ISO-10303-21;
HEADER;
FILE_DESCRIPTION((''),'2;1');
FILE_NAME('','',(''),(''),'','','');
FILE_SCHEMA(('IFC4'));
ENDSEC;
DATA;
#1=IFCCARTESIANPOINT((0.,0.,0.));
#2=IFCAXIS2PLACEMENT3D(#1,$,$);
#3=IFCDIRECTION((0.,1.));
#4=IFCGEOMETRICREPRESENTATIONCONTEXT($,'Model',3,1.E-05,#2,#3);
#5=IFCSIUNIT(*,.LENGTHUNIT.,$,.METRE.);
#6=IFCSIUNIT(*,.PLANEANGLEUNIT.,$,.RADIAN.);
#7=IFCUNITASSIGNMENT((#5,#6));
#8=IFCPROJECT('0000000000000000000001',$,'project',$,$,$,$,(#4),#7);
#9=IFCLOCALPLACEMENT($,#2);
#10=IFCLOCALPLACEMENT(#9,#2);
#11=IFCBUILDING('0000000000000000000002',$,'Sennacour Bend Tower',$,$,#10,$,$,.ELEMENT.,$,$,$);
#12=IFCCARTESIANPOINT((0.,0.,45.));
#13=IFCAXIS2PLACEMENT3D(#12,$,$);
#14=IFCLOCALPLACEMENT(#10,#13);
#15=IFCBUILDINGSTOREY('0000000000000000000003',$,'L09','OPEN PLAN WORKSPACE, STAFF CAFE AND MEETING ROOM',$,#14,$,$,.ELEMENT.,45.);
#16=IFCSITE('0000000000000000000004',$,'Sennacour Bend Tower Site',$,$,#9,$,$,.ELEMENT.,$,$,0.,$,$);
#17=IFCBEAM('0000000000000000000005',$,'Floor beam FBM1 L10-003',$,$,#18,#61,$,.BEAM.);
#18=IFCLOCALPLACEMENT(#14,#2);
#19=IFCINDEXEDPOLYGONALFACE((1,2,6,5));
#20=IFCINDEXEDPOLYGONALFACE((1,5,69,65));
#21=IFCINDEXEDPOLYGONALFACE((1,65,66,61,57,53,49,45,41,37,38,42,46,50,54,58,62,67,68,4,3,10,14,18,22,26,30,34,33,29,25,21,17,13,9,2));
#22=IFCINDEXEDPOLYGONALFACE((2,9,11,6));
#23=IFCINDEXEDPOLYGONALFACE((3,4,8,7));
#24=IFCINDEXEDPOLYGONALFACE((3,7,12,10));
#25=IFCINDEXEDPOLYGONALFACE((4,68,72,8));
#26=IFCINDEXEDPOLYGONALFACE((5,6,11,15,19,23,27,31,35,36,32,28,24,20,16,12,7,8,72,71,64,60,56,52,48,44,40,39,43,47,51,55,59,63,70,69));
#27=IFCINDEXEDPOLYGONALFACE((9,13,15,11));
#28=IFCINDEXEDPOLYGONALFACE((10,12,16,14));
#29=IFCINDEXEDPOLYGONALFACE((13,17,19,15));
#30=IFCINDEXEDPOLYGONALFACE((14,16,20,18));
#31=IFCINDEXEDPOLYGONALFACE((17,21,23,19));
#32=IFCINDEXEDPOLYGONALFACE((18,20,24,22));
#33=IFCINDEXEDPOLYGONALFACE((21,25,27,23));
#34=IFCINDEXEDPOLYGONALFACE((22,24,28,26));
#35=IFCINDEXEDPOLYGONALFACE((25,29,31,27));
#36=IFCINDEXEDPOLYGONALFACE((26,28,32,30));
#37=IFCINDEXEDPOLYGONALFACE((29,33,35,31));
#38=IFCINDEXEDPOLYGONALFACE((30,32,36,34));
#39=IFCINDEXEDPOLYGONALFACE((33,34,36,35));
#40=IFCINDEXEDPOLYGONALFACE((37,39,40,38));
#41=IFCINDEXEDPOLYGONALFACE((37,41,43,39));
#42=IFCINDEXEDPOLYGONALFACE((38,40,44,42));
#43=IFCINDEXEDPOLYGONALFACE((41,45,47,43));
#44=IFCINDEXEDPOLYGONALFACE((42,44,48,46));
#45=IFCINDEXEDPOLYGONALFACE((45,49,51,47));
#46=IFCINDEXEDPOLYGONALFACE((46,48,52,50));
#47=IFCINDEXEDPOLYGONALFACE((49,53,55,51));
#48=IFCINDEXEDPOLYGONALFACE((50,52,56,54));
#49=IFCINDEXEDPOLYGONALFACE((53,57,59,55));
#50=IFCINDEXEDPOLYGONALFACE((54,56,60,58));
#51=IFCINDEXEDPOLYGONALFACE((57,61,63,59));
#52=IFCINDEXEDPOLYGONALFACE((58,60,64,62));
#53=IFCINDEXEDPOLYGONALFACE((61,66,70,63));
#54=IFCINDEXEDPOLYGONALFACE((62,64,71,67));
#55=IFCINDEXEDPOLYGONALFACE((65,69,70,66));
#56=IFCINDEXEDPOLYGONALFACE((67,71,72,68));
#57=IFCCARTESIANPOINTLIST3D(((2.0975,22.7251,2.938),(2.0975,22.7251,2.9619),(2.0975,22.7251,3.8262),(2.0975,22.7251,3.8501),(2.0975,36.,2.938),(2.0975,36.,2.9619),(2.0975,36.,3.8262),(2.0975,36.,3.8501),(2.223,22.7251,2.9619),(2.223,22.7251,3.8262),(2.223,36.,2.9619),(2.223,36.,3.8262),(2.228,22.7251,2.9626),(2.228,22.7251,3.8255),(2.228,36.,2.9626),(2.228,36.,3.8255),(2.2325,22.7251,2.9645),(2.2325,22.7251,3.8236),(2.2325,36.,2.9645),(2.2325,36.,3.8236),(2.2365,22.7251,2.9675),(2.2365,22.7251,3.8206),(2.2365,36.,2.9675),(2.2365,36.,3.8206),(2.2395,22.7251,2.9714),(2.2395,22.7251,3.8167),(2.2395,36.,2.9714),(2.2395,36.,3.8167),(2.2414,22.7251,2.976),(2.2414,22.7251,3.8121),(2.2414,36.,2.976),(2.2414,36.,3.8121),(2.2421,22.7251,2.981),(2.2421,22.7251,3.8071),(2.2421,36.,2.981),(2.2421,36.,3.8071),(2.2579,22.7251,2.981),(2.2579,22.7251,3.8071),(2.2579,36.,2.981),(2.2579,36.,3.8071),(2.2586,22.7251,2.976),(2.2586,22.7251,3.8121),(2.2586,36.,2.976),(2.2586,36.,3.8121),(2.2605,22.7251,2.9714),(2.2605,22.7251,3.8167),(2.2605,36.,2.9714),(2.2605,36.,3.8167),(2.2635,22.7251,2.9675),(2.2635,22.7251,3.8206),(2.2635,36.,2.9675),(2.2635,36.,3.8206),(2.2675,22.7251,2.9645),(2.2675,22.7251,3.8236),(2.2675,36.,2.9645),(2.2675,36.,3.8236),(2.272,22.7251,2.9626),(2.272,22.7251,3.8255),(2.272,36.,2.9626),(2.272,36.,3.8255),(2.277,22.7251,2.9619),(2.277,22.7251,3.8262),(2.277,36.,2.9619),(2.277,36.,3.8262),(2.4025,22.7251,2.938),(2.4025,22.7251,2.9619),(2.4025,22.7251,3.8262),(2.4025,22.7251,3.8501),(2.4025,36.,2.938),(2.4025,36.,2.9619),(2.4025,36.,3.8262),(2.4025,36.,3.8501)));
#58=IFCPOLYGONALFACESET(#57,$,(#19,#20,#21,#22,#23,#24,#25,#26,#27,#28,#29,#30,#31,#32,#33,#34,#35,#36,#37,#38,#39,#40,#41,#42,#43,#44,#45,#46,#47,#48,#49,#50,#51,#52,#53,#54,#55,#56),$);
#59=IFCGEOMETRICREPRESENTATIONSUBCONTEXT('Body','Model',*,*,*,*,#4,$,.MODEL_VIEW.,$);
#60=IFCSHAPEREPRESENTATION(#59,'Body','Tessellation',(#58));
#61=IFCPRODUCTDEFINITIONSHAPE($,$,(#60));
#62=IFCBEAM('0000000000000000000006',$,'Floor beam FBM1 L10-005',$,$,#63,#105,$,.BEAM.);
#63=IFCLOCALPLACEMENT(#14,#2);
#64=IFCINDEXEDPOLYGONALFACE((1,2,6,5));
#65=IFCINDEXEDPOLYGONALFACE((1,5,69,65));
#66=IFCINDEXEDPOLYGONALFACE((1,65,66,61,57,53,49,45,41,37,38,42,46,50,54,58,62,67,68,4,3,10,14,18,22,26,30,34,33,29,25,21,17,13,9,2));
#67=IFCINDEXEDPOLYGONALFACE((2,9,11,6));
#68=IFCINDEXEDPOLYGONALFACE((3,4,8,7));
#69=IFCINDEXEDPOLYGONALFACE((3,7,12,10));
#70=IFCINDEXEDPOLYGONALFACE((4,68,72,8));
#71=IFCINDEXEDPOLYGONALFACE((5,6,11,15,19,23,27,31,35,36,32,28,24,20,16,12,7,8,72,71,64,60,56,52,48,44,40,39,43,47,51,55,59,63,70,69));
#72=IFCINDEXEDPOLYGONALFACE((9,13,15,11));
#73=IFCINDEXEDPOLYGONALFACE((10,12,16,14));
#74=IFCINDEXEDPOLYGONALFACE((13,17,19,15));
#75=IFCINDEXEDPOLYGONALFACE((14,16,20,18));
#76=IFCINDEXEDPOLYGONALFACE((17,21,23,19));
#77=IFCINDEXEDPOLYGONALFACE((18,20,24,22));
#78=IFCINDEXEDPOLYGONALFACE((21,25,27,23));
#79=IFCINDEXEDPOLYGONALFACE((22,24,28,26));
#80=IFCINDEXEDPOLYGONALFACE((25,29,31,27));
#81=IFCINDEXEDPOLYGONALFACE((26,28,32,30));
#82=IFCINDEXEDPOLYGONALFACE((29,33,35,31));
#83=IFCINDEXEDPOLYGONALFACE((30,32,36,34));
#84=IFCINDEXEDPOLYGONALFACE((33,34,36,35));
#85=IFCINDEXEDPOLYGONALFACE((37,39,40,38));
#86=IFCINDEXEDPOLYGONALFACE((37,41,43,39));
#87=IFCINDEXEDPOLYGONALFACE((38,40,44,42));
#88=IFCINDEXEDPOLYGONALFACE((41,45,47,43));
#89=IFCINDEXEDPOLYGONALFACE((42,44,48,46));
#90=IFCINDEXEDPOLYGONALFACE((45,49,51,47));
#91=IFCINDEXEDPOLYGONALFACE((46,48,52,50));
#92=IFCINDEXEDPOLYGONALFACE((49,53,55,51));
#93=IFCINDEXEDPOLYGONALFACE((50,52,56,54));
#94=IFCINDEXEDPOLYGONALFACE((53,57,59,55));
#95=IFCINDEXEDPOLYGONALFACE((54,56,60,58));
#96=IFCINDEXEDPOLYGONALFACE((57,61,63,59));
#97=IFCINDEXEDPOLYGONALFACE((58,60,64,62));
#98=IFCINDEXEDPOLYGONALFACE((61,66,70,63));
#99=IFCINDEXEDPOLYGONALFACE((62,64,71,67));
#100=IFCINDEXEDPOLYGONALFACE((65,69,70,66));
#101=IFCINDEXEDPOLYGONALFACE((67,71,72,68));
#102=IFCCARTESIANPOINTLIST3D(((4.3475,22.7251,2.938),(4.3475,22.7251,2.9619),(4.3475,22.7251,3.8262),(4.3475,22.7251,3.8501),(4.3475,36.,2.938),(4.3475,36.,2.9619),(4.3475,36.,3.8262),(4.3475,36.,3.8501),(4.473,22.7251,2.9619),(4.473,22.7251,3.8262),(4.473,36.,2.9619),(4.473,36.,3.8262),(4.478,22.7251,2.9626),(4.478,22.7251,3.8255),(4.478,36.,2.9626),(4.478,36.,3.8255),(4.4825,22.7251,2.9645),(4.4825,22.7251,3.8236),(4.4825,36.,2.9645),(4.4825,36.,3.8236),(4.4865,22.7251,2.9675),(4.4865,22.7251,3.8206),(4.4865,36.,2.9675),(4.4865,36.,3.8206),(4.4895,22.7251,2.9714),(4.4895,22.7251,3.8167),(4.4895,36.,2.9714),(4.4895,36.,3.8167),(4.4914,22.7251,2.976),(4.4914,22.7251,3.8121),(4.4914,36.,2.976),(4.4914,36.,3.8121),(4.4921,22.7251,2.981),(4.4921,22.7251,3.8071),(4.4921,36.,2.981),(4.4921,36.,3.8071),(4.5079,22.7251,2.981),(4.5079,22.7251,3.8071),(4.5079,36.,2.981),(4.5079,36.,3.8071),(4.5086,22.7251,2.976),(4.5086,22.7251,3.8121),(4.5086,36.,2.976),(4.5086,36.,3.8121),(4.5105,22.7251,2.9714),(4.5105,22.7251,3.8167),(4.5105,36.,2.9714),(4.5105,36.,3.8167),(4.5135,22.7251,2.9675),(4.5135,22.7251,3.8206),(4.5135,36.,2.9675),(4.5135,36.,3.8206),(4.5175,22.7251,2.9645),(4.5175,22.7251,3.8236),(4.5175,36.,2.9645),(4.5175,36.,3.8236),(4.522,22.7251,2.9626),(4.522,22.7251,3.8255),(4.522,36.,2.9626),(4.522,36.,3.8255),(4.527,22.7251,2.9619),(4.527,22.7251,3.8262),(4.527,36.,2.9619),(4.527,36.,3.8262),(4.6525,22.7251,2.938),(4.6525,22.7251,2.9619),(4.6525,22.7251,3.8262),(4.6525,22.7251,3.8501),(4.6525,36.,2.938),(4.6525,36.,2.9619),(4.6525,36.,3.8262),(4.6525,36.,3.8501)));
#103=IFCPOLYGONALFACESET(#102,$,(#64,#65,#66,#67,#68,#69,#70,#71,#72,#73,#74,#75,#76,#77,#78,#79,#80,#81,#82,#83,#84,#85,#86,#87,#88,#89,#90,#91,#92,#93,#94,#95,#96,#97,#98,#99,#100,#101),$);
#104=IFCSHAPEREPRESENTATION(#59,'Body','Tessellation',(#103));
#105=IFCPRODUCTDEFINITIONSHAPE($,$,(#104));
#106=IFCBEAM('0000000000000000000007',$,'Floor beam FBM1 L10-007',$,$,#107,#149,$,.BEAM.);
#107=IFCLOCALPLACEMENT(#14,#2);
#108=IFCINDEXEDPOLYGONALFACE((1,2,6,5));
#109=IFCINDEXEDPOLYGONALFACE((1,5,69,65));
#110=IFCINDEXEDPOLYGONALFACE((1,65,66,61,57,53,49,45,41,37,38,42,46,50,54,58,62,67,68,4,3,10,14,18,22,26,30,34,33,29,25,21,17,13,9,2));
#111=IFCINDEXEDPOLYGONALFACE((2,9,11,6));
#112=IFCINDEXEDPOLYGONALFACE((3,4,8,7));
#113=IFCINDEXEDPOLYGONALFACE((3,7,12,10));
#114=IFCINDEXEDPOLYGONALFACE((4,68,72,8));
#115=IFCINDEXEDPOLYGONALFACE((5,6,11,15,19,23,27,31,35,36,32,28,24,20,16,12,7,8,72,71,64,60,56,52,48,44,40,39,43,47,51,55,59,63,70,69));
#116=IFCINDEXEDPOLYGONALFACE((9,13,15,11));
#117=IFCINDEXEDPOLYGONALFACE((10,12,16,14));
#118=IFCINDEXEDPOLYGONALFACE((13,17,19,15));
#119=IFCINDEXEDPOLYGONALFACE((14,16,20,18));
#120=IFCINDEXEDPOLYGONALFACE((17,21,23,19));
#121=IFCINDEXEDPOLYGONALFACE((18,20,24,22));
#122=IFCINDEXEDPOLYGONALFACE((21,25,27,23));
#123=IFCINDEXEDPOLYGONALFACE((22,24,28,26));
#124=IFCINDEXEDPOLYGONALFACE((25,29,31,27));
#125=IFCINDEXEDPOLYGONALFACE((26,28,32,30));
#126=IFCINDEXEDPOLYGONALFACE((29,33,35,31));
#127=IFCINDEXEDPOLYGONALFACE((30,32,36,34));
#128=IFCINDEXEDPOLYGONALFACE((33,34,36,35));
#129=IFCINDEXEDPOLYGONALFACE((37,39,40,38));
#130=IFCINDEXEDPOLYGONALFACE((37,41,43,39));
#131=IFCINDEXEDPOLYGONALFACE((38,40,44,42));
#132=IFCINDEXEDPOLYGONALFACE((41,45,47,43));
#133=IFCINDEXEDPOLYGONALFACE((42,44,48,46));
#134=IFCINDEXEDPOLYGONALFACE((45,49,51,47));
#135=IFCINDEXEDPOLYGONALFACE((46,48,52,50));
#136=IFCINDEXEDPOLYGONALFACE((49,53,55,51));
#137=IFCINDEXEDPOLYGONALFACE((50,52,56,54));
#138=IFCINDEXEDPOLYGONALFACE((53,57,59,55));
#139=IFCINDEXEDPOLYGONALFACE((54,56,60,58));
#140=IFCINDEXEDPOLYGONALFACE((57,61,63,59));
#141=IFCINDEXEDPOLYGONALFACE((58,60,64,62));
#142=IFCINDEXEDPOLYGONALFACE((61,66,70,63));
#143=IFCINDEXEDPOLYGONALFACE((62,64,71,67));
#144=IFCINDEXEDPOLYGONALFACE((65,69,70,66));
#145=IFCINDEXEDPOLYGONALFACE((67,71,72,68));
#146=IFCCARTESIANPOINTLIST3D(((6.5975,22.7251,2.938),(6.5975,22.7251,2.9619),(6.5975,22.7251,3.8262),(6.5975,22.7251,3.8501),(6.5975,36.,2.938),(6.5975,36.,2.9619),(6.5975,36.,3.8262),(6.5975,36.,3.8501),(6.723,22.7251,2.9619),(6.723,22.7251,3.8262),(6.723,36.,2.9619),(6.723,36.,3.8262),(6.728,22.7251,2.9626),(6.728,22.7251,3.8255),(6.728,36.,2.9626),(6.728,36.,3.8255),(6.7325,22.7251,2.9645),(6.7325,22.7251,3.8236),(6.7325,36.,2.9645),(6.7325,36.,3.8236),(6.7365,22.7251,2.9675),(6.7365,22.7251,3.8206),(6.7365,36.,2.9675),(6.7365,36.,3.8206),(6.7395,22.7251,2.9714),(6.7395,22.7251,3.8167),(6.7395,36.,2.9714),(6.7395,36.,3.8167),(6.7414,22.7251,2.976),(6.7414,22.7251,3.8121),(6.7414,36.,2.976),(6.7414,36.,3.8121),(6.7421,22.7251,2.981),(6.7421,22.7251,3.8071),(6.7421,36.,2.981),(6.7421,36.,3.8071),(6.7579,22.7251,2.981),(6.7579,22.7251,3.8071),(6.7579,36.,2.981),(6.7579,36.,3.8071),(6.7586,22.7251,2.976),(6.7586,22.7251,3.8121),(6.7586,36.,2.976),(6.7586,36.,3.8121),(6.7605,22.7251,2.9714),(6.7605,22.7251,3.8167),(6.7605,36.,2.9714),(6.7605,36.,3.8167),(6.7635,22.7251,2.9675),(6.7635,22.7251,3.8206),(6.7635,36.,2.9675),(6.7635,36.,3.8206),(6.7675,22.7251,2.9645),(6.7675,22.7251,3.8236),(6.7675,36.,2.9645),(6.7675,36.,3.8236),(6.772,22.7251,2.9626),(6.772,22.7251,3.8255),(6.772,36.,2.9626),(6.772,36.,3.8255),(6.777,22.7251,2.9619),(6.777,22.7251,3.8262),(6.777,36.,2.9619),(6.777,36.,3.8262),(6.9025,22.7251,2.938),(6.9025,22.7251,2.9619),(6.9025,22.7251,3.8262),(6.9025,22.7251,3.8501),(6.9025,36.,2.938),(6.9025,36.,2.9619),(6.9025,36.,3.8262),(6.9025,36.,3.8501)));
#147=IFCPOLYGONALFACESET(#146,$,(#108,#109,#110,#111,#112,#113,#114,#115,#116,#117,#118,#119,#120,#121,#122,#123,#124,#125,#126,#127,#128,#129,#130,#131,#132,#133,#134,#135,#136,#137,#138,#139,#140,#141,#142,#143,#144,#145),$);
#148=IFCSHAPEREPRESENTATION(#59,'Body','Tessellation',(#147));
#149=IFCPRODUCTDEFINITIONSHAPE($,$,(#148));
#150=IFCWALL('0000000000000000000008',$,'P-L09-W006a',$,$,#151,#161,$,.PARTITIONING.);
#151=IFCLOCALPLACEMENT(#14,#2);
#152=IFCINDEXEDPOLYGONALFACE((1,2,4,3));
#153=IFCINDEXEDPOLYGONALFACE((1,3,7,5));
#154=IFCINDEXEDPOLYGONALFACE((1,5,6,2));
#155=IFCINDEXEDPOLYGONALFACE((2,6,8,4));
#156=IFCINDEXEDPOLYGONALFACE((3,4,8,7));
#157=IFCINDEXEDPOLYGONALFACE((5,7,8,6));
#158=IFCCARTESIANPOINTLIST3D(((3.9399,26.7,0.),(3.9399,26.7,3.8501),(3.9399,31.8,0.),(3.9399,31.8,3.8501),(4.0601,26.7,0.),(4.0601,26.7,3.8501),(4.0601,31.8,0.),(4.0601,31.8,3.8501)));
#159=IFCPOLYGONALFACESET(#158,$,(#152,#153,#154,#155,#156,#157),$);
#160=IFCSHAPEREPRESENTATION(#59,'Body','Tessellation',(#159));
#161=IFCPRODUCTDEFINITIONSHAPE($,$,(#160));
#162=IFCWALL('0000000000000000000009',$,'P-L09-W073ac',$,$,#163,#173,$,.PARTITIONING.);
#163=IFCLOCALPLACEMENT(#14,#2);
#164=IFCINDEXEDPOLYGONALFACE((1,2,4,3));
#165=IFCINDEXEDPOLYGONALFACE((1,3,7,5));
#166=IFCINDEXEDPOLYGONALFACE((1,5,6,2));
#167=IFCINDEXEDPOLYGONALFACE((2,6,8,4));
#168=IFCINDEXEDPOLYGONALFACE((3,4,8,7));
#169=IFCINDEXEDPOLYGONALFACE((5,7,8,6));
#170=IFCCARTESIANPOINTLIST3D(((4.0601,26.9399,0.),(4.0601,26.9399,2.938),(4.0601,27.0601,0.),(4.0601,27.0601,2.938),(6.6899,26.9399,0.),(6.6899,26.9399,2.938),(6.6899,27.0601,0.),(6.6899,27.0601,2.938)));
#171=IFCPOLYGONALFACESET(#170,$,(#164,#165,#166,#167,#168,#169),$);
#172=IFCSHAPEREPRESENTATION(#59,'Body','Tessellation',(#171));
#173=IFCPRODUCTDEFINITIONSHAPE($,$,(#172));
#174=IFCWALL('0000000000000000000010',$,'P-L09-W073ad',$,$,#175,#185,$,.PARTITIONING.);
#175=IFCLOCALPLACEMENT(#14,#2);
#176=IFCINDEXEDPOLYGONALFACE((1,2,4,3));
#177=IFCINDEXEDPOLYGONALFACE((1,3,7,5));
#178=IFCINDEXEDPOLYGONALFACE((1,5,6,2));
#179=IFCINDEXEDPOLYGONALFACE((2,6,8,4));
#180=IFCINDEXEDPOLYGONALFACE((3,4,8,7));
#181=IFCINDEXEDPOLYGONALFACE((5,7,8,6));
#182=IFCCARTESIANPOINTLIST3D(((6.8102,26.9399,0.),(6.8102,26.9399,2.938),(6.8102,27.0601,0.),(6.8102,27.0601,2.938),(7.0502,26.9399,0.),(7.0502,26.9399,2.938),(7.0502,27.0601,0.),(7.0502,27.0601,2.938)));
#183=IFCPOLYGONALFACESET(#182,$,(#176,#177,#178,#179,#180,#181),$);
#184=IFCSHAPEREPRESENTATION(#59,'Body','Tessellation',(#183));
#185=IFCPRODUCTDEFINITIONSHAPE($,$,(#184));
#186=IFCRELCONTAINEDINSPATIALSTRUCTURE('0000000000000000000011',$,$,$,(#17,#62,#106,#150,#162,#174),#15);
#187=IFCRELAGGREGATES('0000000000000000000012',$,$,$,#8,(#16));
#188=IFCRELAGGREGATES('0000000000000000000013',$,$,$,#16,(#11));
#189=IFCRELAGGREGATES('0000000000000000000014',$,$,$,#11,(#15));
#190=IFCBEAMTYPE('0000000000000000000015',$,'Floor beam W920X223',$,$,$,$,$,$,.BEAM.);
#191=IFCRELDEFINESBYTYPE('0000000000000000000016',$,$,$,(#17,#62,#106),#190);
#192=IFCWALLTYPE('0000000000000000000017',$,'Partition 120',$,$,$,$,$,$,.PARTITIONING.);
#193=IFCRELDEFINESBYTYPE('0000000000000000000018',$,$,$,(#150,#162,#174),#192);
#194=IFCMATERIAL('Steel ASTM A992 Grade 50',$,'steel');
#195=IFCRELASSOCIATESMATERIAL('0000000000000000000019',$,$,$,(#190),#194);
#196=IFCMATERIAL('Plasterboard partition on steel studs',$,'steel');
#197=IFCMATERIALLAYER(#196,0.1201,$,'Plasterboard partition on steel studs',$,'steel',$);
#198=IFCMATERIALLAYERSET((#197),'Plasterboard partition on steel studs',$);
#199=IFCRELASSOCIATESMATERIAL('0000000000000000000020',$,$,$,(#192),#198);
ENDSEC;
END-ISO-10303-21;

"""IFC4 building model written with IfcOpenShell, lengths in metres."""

from ifc_helpers import new_model, si_unit, direction, frame, frame_2d, origin, origin_2d, place, context, subcontext, project, spatial, rectangle, i_section, extrude, material, layer, layer_set, material_profile, profile_set, type_object, element, save


model = new_model("IFC4")

# Units and contexts
model_context = context("Model", 3, precision=1e-05, world=origin(), true_north=direction((0.0, 1.0)))
body_context = subcontext(model_context, "Body", "Model", "MODEL_VIEW")
ifc_project = project(units=[si_unit("LENGTHUNIT", "METRE"), si_unit("PLANEANGLEUNIT", "RADIAN")], contexts=[model_context])

# Site, building, storey
site_placement = place(None, origin())
site = spatial("IfcSite", under=ifc_project, at=site_placement, Name="Sennacour Bend Tower Site", CompositionType="ELEMENT", RefElevation=0.0)
building_placement = place(site_placement, origin())
building = spatial("IfcBuilding", under=site, at=building_placement, Name="Sennacour Bend Tower", CompositionType="ELEMENT")
storey_placement = place(building_placement, frame((0.0, 0.0, 45.0)))
storey = spatial("IfcBuildingStorey", under=building, at=storey_placement, Name="L09", Description="OPEN PLAN WORKSPACE, STAFF CAFE AND MEETING ROOM", CompositionType="ELEMENT", Elevation=45.0)

# Beams
ifc_material_1 = material(Name="Steel ASTM A992 Grade 50", Category="steel")
ifc_material_profile = material_profile(ifc_material_1, i_section(OverallWidth=0.3049, OverallDepth=0.9121, WebThickness=0.0159, FlangeThickness=0.0239, FilletRadius=0.019, at=origin_2d()), Name="Steel ASTM A992 Grade 50", Category="steel")
ifc_profile_set = profile_set([ifc_material_profile], Name="Steel ASTM A992 Grade 50")
beam_type = type_object("IfcBeamType", Name="Floor beam W920X223", PredefinedType="BEAM", material=ifc_profile_set)
for number, where, z_axis, x_axis, name in (
    (1, (2.25, 22.7251, 3.394), (0.0, 1.0, 0.0), (-1.0, 0.0, 0.0), "Floor beam FBM1 L10-003"),
    (2, (4.5, 22.7251, 3.394), (0.0, 1.0, 0.0), (-1.0, 0.0, 0.0), "Floor beam FBM1 L10-005"),
    (3, (6.75, 22.7251, 3.394), (0.0, 1.0, 0.0), (-1.0, 0.0, 0.0), "Floor beam FBM1 L10-007"),
):
    element("IfcBeam", number, at=place(storey_placement, frame(where, z_axis=z_axis, x_axis=x_axis)), inside=storey, type_object=beam_type, Name=name, PredefinedType="BEAM", context=body_context, shape_type="SweptSolid", body=[
        extrude(i_section(OverallWidth=0.3049, OverallDepth=0.9121, WebThickness=0.0159, FlangeThickness=0.0239, FilletRadius=0.019, at=origin_2d()), origin(), (0.0, 0.0, 1.0), 13.2749),
    ])

# Walls
ifc_material_2 = material(Name="Plasterboard partition on steel studs", Category="steel")
ifc_layer_1 = layer(ifc_material_2, 0.1201, Name="Plasterboard partition on steel studs", Category="steel")
ifc_layer_set_1 = layer_set([ifc_layer_1], Name="Plasterboard partition on steel studs")
wall_type_1 = type_object("IfcWallType", Name="Partition 120", PredefinedType="PARTITIONING", material=ifc_layer_set_1)
wall_1_placement = place(storey_placement, frame((4.0, 26.7, 0.0), z_axis=(0.0, 0.0, 1.0), x_axis=(0.0, 1.0, 0.0)))
element("IfcWall", 4, at=wall_1_placement, inside=storey, type_object=wall_type_1, Name="P-L09-W006a", PredefinedType="PARTITIONING", context=body_context, shape_type="SweptSolid", body=[
    extrude(rectangle(XDim=5.1001, YDim=0.1201, at=frame_2d((2.55, 0.0))), origin(), (0.0, 0.0, 1.0), 3.8501),
])
wall_2_placement = place(storey_placement, frame((4.0601, 27.0, 0.0), z_axis=(0.0, 0.0, 1.0), x_axis=(1.0, 0.0, 0.0)))
element("IfcWall", 5, at=wall_2_placement, inside=storey, type_object=wall_type_1, Name="P-L09-W073ac", PredefinedType="PARTITIONING", context=body_context, shape_type="SweptSolid", body=[
    extrude(rectangle(XDim=2.6299, YDim=0.1201, at=frame_2d((1.3149, 0.0))), origin(), (0.0, 0.0, 1.0), 2.938),
])
wall_3_placement = place(storey_placement, frame((6.8101, 27.0, 0.0), z_axis=(0.0, 0.0, 1.0), x_axis=(1.0, 0.0, 0.0)))
element("IfcWall", 6, at=wall_3_placement, inside=storey, type_object=wall_type_1, Name="P-L09-W073ad", PredefinedType="PARTITIONING", context=body_context, shape_type="SweptSolid", body=[
    extrude(rectangle(XDim=0.24, YDim=0.1201, at=frame_2d((0.1201, 0.0))), origin(), (0.0, 0.0, 1.0), 2.938),
])

save(model, "model.ifc")
